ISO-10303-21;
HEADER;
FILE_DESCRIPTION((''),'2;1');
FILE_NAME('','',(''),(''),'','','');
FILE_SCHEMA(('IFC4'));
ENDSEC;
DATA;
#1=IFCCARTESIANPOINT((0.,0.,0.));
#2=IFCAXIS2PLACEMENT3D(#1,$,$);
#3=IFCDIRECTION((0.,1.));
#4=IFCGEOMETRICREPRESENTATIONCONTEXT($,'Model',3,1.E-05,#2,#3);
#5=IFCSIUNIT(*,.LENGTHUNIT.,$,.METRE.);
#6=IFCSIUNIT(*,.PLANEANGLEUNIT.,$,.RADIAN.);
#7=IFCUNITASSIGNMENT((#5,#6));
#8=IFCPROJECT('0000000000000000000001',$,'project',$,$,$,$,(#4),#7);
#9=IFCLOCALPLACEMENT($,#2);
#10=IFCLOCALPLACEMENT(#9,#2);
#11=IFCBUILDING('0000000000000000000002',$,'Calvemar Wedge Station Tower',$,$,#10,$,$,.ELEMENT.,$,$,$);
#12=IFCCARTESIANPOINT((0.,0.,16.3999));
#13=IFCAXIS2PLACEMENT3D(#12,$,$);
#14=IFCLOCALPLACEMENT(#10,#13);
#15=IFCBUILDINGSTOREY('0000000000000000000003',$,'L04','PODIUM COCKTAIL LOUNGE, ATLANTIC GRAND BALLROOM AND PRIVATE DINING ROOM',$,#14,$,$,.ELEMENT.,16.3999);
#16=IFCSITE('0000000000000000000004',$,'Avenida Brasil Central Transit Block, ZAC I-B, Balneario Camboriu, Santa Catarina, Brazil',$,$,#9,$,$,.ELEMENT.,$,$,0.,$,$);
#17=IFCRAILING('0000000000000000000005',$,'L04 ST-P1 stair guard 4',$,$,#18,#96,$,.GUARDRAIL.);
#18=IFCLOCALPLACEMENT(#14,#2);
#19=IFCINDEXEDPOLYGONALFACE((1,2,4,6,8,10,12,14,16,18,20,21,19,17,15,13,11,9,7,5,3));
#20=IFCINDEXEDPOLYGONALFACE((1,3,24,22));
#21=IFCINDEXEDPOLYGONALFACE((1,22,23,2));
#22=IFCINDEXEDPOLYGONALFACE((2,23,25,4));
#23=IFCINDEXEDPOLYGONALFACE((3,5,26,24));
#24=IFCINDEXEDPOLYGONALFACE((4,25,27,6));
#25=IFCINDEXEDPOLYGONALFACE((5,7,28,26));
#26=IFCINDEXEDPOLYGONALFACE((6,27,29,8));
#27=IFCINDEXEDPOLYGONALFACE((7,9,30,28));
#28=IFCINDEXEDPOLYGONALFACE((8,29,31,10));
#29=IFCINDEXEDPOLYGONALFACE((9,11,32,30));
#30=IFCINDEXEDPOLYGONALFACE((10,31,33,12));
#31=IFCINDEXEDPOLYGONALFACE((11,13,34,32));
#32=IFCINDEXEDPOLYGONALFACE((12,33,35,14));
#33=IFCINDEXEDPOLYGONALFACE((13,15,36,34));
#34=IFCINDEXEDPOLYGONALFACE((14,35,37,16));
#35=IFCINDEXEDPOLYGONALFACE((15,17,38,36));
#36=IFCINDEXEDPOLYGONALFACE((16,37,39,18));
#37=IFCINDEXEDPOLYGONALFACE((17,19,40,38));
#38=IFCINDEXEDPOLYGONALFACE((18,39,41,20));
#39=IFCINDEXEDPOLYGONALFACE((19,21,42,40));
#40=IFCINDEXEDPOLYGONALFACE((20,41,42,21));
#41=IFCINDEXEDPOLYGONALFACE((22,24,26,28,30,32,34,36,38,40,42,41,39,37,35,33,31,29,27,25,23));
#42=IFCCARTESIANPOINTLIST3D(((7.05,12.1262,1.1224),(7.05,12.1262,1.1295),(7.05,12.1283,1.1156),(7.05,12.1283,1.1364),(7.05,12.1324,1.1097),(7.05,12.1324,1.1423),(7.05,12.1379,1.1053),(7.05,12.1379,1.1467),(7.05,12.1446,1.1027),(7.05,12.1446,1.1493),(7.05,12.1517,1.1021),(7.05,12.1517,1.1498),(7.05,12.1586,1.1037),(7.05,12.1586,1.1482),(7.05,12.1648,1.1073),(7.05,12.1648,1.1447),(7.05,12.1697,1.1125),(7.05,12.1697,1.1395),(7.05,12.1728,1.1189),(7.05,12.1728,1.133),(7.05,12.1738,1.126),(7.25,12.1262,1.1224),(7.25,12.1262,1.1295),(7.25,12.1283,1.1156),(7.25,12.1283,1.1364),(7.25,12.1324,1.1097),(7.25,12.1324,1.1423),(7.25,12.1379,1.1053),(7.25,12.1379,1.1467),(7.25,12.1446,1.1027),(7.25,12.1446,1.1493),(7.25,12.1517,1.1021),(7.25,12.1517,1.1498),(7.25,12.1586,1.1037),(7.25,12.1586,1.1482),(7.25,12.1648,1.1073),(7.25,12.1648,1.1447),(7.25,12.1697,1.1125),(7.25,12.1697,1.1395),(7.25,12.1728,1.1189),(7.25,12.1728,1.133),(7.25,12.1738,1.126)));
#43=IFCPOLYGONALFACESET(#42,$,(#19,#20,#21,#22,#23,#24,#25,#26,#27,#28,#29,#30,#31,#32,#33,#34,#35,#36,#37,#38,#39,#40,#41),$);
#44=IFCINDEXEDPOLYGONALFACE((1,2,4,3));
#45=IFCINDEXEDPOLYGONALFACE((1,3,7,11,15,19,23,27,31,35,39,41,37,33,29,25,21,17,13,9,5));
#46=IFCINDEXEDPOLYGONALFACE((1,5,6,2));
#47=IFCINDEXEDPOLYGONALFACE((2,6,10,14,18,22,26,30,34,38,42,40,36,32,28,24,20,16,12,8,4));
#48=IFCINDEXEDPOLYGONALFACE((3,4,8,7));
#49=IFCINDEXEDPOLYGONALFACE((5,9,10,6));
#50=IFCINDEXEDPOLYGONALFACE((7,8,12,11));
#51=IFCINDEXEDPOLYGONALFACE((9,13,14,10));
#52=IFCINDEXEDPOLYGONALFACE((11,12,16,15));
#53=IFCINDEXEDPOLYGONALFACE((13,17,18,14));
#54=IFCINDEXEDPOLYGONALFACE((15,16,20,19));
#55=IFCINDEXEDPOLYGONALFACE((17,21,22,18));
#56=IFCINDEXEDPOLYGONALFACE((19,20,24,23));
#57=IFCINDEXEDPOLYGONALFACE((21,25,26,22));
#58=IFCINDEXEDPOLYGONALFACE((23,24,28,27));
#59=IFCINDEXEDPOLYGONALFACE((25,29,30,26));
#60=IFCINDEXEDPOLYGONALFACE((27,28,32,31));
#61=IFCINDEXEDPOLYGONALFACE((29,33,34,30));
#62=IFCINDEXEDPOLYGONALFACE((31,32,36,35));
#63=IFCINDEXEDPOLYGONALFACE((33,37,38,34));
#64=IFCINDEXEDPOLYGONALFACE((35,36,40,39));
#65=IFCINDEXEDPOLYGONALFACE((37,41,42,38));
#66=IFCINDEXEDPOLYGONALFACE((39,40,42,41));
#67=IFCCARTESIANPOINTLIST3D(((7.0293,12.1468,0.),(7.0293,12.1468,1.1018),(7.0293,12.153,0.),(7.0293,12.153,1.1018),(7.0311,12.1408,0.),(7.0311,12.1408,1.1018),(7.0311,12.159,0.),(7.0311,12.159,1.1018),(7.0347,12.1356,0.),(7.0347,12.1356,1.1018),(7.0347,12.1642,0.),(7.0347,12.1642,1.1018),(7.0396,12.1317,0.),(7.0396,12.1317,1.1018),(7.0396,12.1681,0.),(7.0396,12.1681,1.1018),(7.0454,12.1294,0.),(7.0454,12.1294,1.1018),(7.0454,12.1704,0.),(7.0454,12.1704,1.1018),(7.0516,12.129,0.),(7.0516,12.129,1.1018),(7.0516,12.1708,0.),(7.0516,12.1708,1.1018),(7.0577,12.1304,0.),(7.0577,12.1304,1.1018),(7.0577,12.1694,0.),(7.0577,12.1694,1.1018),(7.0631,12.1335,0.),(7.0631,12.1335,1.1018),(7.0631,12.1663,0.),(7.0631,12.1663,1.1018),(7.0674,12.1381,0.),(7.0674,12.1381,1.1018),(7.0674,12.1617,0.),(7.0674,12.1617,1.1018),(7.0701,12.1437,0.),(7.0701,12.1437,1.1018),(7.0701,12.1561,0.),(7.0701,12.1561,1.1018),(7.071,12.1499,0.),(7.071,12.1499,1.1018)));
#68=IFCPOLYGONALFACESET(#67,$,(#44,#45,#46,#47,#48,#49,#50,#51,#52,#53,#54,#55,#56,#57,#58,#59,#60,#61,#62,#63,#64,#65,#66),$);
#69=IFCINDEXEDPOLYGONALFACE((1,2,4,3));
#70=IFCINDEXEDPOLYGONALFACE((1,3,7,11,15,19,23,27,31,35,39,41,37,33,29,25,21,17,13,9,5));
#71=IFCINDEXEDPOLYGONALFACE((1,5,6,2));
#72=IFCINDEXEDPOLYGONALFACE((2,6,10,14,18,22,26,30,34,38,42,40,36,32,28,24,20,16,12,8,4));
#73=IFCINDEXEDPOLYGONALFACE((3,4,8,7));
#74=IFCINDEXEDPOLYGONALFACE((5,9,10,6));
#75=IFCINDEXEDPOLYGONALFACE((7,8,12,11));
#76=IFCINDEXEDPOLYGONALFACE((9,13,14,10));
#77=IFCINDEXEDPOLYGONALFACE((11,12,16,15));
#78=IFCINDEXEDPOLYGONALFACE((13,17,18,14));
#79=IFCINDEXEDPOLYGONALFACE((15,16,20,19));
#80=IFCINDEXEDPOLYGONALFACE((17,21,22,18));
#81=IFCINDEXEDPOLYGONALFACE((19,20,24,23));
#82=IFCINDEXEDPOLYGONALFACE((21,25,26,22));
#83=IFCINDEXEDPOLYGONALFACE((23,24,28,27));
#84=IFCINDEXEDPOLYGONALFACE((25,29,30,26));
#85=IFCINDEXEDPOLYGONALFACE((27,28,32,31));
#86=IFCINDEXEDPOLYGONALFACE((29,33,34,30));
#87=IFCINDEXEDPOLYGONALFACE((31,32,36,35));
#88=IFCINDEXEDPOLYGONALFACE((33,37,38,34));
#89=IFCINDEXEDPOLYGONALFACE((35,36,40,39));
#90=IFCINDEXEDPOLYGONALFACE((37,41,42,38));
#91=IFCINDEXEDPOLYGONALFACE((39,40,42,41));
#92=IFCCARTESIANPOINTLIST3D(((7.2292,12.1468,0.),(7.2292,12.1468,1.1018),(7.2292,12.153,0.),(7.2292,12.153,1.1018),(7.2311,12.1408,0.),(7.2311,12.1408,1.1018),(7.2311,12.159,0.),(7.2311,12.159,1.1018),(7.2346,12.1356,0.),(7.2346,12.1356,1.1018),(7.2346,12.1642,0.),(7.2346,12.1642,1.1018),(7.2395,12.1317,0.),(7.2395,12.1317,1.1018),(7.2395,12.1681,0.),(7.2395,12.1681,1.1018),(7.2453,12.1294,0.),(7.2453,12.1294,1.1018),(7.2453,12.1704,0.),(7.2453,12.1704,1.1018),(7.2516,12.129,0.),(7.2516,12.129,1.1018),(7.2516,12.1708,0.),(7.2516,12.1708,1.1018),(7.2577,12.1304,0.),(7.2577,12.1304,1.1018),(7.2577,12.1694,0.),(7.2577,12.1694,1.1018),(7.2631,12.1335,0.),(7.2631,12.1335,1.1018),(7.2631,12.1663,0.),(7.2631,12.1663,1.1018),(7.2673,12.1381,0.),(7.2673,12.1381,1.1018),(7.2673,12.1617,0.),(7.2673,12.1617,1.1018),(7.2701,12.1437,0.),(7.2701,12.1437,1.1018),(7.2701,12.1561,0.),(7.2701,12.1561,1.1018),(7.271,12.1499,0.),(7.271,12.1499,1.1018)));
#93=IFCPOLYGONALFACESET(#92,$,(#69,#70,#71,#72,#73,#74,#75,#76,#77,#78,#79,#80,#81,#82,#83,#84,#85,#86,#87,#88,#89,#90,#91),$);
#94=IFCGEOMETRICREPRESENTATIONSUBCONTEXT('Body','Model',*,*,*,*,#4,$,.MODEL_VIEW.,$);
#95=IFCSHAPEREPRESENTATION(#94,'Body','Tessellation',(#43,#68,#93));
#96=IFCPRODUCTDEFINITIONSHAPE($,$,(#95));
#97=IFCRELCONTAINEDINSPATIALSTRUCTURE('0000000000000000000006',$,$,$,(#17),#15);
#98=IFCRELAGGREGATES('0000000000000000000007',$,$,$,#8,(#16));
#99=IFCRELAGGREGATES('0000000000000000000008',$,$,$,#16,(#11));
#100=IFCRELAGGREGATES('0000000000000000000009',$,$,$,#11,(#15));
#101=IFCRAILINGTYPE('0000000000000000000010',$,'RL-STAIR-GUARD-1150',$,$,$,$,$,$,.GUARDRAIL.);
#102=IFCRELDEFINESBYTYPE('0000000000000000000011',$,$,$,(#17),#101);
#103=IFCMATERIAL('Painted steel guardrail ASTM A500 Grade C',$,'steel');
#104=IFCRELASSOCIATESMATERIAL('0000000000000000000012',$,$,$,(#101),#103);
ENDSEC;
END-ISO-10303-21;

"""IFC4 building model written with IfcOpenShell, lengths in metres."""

from ifc_helpers import new_model, si_unit, direction, frame, origin, origin_2d, place, context, subcontext, project, spatial, circle, extrude, material, type_object, element, save


model = new_model("IFC4")

# Units and contexts
model_context = context("Model", 3, precision=1e-05, world=origin(), true_north=direction((0.0, 1.0)))
body_context = subcontext(model_context, "Body", "Model", "MODEL_VIEW")
ifc_project = project(units=[si_unit("LENGTHUNIT", "METRE"), si_unit("PLANEANGLEUNIT", "RADIAN")], contexts=[model_context])

# Site, building, storey
site_placement = place(None, origin())
site = spatial("IfcSite", under=ifc_project, at=site_placement, Name="Avenida Brasil Central Transit Block, ZAC I-B, Balneario Camboriu, Santa Catarina, Brazil", CompositionType="ELEMENT", RefElevation=0.0)
building_placement = place(site_placement, origin())
building = spatial("IfcBuilding", under=site, at=building_placement, Name="Calvemar Wedge Station Tower", CompositionType="ELEMENT")
storey_placement = place(building_placement, frame((0.0, 0.0, 16.3999)))
storey = spatial("IfcBuildingStorey", under=building, at=storey_placement, Name="L04", Description="PODIUM COCKTAIL LOUNGE, ATLANTIC GRAND BALLROOM AND PRIVATE DINING ROOM", CompositionType="ELEMENT", Elevation=16.3999)

# Railing
ifc_material_1 = material(Name="Painted steel guardrail ASTM A500 Grade C", Category="steel")
railing_type_1 = type_object("IfcRailingType", Name="RL-STAIR-GUARD-1150", PredefinedType="GUARDRAIL", material=ifc_material_1)
railing_1_placement = place(storey_placement, frame((7.05, 12.1499, 0.0)))
element("IfcRailing", 1, at=railing_1_placement, inside=storey, type_object=railing_type_1, Name="L04 ST-P1 stair guard 4", PredefinedType="GUARDRAIL", context=body_context, shape_type="SweptSolid", body=[
    extrude(circle(Radius=0.0239, at=origin_2d()), frame((0.0, 0.0, 1.126), z_axis=(1.0, 0.0, 0.0), x_axis=(0.0, 1.0, 0.0)), (0.0, 0.0, 1.0), 0.2),
    extrude(circle(Radius=0.021, at=origin_2d()), origin(), (0.0, 0.0, 1.0), 1.1018),
    extrude(circle(Radius=0.021, at=origin_2d()), frame((0.2, 0.0, 0.0)), (0.0, 0.0, 1.0), 1.1018),
])

save(model, "model.ifc")
